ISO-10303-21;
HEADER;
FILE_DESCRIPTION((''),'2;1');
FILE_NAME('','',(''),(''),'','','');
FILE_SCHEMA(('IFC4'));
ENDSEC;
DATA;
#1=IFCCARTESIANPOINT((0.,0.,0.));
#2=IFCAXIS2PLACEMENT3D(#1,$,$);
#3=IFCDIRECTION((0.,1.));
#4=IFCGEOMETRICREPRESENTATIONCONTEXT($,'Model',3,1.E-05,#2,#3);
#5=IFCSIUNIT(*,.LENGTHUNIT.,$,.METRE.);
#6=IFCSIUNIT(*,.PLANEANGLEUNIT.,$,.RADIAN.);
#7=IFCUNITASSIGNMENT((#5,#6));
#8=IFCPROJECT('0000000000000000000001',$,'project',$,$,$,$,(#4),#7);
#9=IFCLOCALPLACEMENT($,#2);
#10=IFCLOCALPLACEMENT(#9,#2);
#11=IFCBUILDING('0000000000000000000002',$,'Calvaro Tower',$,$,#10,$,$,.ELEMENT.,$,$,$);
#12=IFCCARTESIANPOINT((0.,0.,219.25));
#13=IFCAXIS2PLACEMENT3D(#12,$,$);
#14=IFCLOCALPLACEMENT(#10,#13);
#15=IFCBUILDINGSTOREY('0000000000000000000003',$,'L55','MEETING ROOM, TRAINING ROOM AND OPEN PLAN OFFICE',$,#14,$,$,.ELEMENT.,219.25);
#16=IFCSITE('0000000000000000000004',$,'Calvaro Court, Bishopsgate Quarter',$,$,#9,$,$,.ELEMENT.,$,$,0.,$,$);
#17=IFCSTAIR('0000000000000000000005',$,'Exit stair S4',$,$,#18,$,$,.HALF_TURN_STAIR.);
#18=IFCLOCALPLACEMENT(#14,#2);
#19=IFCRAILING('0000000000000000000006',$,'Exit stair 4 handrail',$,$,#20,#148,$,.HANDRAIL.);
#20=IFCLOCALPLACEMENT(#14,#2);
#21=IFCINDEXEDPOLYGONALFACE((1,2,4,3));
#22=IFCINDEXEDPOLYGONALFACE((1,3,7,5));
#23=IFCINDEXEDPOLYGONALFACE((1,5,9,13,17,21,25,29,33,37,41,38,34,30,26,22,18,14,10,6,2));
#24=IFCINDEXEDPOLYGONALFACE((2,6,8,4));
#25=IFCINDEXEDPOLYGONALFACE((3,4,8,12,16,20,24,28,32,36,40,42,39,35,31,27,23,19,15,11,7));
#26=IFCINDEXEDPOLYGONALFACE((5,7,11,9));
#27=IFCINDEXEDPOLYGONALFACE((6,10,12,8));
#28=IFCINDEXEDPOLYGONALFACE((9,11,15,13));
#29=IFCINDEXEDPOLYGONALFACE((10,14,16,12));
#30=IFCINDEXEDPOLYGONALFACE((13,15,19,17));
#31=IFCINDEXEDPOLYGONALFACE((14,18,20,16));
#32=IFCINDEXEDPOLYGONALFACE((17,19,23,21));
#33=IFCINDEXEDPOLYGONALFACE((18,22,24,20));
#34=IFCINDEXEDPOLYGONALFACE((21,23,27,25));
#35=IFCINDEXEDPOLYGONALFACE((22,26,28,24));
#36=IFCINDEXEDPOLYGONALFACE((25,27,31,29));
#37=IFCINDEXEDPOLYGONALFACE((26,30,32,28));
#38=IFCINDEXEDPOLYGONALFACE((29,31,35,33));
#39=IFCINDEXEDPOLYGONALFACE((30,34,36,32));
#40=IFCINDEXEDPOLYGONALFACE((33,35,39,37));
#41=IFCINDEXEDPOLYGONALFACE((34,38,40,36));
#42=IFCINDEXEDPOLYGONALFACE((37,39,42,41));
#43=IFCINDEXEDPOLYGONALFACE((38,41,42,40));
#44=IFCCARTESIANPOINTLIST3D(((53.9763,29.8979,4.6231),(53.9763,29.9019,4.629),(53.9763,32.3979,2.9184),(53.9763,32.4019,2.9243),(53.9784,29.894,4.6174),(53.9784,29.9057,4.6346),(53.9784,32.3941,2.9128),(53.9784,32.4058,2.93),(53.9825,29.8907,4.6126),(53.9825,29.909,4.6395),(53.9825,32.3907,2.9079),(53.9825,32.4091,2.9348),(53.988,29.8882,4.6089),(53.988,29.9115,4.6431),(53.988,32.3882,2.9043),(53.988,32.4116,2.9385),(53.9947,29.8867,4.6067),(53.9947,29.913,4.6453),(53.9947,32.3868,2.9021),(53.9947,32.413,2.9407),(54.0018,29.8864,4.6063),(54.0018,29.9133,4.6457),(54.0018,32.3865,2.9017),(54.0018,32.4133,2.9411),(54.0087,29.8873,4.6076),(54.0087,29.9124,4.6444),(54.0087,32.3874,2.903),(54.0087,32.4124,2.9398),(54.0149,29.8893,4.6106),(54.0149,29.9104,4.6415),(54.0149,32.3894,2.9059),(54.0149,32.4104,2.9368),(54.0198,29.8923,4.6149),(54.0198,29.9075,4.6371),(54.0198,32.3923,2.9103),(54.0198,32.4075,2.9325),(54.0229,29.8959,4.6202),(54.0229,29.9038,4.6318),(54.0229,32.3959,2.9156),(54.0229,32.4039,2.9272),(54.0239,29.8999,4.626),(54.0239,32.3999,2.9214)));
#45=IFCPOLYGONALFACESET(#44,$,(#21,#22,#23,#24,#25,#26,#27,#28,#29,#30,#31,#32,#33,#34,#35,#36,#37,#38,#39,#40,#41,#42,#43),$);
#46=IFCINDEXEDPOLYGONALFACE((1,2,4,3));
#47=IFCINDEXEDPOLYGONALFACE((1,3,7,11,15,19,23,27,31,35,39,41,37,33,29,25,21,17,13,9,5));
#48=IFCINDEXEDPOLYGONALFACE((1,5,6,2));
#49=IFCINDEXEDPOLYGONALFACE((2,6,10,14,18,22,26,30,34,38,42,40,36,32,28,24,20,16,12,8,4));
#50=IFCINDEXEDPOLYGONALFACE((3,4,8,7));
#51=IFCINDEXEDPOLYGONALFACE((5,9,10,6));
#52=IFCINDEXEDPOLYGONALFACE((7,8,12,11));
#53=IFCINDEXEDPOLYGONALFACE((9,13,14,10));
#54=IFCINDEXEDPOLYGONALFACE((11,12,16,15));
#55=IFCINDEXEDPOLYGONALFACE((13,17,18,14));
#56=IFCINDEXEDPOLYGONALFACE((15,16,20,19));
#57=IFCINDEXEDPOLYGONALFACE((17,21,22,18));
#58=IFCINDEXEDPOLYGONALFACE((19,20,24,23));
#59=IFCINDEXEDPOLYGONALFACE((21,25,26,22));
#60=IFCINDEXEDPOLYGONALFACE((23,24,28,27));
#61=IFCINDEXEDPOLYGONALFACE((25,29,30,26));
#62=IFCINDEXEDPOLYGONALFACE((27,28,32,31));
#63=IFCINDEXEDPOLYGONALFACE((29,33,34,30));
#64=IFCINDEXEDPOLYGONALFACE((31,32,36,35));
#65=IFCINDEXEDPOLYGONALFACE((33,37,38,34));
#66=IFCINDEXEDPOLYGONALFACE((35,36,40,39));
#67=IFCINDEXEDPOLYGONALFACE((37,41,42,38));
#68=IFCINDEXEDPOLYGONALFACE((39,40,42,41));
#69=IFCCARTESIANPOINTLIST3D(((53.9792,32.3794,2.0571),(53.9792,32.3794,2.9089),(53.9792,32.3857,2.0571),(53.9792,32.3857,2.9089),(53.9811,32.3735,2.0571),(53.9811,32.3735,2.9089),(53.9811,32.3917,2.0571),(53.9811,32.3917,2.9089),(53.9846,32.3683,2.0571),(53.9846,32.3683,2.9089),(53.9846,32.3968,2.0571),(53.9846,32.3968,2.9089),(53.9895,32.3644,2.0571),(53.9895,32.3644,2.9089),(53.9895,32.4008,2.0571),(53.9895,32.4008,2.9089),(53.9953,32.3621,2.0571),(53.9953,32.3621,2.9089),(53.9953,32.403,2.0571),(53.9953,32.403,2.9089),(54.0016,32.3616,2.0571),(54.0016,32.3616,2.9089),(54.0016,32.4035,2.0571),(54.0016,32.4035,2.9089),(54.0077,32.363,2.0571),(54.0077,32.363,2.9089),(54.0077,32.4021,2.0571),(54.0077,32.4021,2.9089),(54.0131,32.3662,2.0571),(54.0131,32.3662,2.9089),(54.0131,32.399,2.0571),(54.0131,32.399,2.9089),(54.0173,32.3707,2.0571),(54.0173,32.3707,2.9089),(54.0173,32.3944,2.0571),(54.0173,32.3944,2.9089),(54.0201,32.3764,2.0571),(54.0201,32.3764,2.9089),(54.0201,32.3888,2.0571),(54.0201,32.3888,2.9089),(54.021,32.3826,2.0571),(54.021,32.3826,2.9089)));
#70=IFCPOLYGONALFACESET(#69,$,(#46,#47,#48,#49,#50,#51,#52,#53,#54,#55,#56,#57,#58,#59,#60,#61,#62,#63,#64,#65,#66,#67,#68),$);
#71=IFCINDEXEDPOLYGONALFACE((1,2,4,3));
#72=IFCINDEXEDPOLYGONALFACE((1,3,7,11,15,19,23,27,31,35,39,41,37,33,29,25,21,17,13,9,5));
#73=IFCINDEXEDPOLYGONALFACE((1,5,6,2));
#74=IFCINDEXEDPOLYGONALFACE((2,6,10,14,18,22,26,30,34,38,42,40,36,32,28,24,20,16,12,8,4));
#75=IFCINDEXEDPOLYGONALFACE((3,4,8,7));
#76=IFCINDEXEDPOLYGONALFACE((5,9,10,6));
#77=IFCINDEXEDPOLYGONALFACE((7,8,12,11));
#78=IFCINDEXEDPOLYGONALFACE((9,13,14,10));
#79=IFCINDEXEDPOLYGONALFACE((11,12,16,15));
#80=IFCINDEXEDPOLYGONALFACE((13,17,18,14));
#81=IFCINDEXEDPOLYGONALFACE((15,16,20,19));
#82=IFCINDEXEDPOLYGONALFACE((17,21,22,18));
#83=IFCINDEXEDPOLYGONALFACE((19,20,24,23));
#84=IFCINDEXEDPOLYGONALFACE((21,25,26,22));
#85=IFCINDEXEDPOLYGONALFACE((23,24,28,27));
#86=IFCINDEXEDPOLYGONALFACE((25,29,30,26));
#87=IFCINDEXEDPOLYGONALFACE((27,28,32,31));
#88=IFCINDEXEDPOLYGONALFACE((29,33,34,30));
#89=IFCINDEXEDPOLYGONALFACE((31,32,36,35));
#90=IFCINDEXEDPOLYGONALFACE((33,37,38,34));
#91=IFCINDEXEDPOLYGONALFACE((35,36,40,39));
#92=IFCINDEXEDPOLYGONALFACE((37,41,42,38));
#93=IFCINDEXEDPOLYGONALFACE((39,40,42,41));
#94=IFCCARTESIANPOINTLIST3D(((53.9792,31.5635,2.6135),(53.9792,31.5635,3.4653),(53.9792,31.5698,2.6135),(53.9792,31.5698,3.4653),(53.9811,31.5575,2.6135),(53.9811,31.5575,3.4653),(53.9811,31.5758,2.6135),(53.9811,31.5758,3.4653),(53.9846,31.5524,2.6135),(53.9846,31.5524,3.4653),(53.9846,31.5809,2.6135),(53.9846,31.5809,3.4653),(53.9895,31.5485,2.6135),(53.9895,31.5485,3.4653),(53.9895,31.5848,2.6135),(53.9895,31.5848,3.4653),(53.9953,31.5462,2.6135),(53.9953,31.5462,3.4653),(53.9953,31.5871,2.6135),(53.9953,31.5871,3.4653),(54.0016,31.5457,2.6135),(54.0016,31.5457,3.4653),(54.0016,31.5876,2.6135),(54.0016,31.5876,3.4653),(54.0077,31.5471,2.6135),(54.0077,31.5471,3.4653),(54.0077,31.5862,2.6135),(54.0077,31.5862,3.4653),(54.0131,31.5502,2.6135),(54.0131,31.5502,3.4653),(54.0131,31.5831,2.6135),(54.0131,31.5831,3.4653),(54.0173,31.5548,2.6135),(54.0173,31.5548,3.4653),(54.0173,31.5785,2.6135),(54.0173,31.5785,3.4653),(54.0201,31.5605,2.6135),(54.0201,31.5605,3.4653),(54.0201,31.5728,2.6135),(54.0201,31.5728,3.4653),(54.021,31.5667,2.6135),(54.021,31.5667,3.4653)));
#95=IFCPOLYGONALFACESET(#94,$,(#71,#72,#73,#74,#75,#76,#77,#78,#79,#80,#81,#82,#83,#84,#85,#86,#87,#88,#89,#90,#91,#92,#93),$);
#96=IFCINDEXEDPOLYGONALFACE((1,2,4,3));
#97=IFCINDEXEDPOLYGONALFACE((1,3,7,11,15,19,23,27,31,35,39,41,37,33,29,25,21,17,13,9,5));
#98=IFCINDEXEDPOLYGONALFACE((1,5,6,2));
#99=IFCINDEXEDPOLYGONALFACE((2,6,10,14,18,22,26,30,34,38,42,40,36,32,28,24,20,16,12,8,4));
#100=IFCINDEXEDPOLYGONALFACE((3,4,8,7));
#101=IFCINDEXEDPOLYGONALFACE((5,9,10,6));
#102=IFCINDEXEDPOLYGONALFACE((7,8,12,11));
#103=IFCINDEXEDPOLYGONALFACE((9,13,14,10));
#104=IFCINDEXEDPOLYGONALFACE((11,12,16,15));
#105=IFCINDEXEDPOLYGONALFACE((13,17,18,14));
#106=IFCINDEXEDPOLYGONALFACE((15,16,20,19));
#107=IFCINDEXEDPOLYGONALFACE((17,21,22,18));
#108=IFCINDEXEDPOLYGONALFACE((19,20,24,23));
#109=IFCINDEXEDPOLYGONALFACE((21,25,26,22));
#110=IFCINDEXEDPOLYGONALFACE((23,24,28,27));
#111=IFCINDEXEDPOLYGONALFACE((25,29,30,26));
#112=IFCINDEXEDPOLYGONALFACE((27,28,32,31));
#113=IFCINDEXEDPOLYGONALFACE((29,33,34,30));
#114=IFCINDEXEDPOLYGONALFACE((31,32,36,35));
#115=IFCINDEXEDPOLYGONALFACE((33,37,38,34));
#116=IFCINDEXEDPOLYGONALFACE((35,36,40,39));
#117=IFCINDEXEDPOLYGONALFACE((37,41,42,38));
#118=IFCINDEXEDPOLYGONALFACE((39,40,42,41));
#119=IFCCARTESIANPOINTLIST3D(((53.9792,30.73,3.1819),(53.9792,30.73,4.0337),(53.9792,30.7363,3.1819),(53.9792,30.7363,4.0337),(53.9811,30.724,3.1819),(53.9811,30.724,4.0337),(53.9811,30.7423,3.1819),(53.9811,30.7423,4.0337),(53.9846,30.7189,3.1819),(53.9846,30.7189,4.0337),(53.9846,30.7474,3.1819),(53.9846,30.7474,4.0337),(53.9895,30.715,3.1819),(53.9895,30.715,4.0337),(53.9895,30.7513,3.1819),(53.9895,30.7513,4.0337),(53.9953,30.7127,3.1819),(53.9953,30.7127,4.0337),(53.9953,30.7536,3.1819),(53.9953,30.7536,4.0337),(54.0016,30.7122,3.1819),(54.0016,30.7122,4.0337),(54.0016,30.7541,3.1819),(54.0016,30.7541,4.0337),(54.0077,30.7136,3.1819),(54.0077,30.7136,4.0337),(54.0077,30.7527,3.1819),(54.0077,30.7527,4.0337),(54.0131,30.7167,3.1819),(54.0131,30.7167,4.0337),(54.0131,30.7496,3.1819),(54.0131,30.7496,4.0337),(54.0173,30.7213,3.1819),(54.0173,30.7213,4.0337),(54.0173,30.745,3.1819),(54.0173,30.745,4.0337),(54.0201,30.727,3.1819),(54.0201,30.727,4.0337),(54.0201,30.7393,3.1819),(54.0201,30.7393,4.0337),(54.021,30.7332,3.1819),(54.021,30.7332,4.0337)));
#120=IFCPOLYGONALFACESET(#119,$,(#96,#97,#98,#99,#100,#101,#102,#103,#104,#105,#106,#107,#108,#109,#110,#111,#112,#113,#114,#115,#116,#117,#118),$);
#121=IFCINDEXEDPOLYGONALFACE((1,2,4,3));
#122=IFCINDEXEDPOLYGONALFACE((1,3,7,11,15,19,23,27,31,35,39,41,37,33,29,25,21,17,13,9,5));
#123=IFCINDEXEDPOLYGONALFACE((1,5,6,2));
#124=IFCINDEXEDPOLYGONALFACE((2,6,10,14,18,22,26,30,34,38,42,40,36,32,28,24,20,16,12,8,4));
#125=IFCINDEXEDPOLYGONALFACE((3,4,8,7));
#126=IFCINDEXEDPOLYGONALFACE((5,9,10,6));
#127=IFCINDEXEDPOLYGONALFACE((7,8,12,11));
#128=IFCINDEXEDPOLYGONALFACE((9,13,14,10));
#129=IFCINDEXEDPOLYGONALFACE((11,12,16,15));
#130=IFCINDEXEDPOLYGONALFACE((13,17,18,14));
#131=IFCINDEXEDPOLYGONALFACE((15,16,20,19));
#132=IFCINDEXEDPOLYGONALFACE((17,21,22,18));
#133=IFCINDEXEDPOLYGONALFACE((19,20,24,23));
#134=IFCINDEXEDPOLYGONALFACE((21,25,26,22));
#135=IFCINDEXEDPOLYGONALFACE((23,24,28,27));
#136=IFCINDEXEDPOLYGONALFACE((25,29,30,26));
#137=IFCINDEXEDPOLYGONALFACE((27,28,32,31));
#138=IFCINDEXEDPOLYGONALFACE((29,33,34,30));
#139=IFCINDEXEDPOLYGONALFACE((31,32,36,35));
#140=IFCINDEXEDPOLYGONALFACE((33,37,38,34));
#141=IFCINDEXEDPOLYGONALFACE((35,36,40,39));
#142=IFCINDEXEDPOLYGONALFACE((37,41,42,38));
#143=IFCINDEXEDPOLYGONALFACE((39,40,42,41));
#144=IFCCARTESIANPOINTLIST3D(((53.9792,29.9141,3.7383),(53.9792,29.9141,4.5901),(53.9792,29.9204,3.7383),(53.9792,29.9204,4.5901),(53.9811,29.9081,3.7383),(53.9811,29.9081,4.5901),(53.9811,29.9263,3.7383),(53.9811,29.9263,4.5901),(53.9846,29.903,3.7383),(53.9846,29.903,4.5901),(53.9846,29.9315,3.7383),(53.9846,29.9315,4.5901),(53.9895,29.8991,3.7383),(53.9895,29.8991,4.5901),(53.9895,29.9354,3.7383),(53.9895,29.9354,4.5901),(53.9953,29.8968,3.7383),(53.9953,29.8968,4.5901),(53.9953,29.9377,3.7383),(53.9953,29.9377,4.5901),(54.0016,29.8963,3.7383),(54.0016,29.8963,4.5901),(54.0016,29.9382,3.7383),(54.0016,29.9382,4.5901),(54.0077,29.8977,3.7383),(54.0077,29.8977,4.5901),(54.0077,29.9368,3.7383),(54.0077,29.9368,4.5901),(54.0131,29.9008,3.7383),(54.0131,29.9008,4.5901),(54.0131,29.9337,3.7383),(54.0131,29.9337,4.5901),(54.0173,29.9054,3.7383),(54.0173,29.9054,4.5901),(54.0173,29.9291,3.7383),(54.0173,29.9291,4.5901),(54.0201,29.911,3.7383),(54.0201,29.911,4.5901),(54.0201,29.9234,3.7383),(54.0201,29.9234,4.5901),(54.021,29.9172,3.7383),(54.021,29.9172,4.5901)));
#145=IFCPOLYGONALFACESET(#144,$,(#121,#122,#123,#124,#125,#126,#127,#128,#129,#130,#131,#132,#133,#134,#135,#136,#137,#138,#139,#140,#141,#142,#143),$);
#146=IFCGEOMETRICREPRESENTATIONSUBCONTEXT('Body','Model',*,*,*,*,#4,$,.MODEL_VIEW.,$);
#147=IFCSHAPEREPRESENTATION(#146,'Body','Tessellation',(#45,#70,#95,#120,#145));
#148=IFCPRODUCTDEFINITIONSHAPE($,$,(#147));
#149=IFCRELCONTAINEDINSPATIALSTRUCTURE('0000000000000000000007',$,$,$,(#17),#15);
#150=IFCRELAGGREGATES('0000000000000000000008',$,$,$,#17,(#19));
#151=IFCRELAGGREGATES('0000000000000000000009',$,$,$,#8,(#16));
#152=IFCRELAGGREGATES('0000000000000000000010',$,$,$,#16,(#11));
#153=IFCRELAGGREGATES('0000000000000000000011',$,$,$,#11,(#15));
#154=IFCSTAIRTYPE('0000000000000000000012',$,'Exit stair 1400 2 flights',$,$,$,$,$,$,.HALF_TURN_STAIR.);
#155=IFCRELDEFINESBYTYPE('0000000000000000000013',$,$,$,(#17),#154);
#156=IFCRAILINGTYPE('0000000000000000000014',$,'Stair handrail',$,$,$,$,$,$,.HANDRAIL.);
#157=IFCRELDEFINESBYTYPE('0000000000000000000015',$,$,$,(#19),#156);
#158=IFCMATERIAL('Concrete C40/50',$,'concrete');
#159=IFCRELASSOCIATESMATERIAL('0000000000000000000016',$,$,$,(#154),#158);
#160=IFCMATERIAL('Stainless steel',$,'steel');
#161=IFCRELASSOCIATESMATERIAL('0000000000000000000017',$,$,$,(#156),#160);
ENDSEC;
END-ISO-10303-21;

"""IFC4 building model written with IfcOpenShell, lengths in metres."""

from ifc_helpers import new_model, si_unit, direction, frame, origin, origin_2d, place, context, subcontext, project, spatial, circle, extrude, material, type_object, element, aggregate, save


model = new_model("IFC4")

# Units and contexts
model_context = context("Model", 3, precision=1e-05, world=origin(), true_north=direction((0.0, 1.0)))
body_context = subcontext(model_context, "Body", "Model", "MODEL_VIEW")
ifc_project = project(units=[si_unit("LENGTHUNIT", "METRE"), si_unit("PLANEANGLEUNIT", "RADIAN")], contexts=[model_context])

# Site, building, storey
site_placement = place(None, origin())
site = spatial("IfcSite", under=ifc_project, at=site_placement, Name="Calvaro Court, Bishopsgate Quarter", CompositionType="ELEMENT", RefElevation=0.0)
building_placement = place(site_placement, origin())
building = spatial("IfcBuilding", under=site, at=building_placement, Name="Calvaro Tower", CompositionType="ELEMENT")
storey_placement = place(building_placement, frame((0.0, 0.0, 219.25)))
storey = spatial("IfcBuildingStorey", under=building, at=storey_placement, Name="L55", Description="MEETING ROOM, TRAINING ROOM AND OPEN PLAN OFFICE", CompositionType="ELEMENT", Elevation=219.25)

# Shared definitions
ifc_material_1 = material(Name="Concrete C40/50", Category="concrete")
stair_type = type_object("IfcStairType", Name="Exit stair 1400 2 flights", PredefinedType="HALF_TURN_STAIR", material=ifc_material_1)

# Stair, railing
stair_1_placement = place(storey_placement, origin())
stair_1 = element("IfcStair", 1, at=stair_1_placement, inside=storey, type_object=stair_type, Name="Exit stair S4", PredefinedType="HALF_TURN_STAIR")
ifc_material_2 = material(Name="Stainless steel", Category="steel")
railing_type = type_object("IfcRailingType", Name="Stair handrail", PredefinedType="HANDRAIL", material=ifc_material_2)
railing_1_placement = place(storey_placement, frame((54.0, 32.3999, 2.0454)))
railing_1 = element("IfcRailing", 2, at=railing_1_placement, type_object=railing_type, Name="Exit stair 4 handrail", PredefinedType="HANDRAIL", context=body_context, shape_type="SweptSolid", body=[
    extrude(circle(Radius=0.0239, at=origin_2d()), frame((0.0, 0.0, 0.876), z_axis=(0.0, -0.826221, 0.563347), x_axis=(1.0, 0.0, 0.0)), (0.0, 0.0, 1.0), 3.0259),
    extrude(circle(Radius=0.021, at=origin_2d()), frame((0.0, -0.0173, 0.0117)), (0.0, 0.0, 1.0), 0.8518),
    extrude(circle(Radius=0.021, at=origin_2d()), frame((0.0, -0.8333, 0.5681)), (0.0, 0.0, 1.0), 0.8518),
    extrude(circle(Radius=0.021, at=origin_2d()), frame((0.0, -1.6667, 1.1365)), (0.0, 0.0, 1.0), 0.8518),
    extrude(circle(Radius=0.021, at=origin_2d()), frame((0.0, -2.4827, 1.6929)), (0.0, 0.0, 1.0), 0.8518),
])
aggregate(stair_1, [railing_1])

save(model, "model.ifc")
